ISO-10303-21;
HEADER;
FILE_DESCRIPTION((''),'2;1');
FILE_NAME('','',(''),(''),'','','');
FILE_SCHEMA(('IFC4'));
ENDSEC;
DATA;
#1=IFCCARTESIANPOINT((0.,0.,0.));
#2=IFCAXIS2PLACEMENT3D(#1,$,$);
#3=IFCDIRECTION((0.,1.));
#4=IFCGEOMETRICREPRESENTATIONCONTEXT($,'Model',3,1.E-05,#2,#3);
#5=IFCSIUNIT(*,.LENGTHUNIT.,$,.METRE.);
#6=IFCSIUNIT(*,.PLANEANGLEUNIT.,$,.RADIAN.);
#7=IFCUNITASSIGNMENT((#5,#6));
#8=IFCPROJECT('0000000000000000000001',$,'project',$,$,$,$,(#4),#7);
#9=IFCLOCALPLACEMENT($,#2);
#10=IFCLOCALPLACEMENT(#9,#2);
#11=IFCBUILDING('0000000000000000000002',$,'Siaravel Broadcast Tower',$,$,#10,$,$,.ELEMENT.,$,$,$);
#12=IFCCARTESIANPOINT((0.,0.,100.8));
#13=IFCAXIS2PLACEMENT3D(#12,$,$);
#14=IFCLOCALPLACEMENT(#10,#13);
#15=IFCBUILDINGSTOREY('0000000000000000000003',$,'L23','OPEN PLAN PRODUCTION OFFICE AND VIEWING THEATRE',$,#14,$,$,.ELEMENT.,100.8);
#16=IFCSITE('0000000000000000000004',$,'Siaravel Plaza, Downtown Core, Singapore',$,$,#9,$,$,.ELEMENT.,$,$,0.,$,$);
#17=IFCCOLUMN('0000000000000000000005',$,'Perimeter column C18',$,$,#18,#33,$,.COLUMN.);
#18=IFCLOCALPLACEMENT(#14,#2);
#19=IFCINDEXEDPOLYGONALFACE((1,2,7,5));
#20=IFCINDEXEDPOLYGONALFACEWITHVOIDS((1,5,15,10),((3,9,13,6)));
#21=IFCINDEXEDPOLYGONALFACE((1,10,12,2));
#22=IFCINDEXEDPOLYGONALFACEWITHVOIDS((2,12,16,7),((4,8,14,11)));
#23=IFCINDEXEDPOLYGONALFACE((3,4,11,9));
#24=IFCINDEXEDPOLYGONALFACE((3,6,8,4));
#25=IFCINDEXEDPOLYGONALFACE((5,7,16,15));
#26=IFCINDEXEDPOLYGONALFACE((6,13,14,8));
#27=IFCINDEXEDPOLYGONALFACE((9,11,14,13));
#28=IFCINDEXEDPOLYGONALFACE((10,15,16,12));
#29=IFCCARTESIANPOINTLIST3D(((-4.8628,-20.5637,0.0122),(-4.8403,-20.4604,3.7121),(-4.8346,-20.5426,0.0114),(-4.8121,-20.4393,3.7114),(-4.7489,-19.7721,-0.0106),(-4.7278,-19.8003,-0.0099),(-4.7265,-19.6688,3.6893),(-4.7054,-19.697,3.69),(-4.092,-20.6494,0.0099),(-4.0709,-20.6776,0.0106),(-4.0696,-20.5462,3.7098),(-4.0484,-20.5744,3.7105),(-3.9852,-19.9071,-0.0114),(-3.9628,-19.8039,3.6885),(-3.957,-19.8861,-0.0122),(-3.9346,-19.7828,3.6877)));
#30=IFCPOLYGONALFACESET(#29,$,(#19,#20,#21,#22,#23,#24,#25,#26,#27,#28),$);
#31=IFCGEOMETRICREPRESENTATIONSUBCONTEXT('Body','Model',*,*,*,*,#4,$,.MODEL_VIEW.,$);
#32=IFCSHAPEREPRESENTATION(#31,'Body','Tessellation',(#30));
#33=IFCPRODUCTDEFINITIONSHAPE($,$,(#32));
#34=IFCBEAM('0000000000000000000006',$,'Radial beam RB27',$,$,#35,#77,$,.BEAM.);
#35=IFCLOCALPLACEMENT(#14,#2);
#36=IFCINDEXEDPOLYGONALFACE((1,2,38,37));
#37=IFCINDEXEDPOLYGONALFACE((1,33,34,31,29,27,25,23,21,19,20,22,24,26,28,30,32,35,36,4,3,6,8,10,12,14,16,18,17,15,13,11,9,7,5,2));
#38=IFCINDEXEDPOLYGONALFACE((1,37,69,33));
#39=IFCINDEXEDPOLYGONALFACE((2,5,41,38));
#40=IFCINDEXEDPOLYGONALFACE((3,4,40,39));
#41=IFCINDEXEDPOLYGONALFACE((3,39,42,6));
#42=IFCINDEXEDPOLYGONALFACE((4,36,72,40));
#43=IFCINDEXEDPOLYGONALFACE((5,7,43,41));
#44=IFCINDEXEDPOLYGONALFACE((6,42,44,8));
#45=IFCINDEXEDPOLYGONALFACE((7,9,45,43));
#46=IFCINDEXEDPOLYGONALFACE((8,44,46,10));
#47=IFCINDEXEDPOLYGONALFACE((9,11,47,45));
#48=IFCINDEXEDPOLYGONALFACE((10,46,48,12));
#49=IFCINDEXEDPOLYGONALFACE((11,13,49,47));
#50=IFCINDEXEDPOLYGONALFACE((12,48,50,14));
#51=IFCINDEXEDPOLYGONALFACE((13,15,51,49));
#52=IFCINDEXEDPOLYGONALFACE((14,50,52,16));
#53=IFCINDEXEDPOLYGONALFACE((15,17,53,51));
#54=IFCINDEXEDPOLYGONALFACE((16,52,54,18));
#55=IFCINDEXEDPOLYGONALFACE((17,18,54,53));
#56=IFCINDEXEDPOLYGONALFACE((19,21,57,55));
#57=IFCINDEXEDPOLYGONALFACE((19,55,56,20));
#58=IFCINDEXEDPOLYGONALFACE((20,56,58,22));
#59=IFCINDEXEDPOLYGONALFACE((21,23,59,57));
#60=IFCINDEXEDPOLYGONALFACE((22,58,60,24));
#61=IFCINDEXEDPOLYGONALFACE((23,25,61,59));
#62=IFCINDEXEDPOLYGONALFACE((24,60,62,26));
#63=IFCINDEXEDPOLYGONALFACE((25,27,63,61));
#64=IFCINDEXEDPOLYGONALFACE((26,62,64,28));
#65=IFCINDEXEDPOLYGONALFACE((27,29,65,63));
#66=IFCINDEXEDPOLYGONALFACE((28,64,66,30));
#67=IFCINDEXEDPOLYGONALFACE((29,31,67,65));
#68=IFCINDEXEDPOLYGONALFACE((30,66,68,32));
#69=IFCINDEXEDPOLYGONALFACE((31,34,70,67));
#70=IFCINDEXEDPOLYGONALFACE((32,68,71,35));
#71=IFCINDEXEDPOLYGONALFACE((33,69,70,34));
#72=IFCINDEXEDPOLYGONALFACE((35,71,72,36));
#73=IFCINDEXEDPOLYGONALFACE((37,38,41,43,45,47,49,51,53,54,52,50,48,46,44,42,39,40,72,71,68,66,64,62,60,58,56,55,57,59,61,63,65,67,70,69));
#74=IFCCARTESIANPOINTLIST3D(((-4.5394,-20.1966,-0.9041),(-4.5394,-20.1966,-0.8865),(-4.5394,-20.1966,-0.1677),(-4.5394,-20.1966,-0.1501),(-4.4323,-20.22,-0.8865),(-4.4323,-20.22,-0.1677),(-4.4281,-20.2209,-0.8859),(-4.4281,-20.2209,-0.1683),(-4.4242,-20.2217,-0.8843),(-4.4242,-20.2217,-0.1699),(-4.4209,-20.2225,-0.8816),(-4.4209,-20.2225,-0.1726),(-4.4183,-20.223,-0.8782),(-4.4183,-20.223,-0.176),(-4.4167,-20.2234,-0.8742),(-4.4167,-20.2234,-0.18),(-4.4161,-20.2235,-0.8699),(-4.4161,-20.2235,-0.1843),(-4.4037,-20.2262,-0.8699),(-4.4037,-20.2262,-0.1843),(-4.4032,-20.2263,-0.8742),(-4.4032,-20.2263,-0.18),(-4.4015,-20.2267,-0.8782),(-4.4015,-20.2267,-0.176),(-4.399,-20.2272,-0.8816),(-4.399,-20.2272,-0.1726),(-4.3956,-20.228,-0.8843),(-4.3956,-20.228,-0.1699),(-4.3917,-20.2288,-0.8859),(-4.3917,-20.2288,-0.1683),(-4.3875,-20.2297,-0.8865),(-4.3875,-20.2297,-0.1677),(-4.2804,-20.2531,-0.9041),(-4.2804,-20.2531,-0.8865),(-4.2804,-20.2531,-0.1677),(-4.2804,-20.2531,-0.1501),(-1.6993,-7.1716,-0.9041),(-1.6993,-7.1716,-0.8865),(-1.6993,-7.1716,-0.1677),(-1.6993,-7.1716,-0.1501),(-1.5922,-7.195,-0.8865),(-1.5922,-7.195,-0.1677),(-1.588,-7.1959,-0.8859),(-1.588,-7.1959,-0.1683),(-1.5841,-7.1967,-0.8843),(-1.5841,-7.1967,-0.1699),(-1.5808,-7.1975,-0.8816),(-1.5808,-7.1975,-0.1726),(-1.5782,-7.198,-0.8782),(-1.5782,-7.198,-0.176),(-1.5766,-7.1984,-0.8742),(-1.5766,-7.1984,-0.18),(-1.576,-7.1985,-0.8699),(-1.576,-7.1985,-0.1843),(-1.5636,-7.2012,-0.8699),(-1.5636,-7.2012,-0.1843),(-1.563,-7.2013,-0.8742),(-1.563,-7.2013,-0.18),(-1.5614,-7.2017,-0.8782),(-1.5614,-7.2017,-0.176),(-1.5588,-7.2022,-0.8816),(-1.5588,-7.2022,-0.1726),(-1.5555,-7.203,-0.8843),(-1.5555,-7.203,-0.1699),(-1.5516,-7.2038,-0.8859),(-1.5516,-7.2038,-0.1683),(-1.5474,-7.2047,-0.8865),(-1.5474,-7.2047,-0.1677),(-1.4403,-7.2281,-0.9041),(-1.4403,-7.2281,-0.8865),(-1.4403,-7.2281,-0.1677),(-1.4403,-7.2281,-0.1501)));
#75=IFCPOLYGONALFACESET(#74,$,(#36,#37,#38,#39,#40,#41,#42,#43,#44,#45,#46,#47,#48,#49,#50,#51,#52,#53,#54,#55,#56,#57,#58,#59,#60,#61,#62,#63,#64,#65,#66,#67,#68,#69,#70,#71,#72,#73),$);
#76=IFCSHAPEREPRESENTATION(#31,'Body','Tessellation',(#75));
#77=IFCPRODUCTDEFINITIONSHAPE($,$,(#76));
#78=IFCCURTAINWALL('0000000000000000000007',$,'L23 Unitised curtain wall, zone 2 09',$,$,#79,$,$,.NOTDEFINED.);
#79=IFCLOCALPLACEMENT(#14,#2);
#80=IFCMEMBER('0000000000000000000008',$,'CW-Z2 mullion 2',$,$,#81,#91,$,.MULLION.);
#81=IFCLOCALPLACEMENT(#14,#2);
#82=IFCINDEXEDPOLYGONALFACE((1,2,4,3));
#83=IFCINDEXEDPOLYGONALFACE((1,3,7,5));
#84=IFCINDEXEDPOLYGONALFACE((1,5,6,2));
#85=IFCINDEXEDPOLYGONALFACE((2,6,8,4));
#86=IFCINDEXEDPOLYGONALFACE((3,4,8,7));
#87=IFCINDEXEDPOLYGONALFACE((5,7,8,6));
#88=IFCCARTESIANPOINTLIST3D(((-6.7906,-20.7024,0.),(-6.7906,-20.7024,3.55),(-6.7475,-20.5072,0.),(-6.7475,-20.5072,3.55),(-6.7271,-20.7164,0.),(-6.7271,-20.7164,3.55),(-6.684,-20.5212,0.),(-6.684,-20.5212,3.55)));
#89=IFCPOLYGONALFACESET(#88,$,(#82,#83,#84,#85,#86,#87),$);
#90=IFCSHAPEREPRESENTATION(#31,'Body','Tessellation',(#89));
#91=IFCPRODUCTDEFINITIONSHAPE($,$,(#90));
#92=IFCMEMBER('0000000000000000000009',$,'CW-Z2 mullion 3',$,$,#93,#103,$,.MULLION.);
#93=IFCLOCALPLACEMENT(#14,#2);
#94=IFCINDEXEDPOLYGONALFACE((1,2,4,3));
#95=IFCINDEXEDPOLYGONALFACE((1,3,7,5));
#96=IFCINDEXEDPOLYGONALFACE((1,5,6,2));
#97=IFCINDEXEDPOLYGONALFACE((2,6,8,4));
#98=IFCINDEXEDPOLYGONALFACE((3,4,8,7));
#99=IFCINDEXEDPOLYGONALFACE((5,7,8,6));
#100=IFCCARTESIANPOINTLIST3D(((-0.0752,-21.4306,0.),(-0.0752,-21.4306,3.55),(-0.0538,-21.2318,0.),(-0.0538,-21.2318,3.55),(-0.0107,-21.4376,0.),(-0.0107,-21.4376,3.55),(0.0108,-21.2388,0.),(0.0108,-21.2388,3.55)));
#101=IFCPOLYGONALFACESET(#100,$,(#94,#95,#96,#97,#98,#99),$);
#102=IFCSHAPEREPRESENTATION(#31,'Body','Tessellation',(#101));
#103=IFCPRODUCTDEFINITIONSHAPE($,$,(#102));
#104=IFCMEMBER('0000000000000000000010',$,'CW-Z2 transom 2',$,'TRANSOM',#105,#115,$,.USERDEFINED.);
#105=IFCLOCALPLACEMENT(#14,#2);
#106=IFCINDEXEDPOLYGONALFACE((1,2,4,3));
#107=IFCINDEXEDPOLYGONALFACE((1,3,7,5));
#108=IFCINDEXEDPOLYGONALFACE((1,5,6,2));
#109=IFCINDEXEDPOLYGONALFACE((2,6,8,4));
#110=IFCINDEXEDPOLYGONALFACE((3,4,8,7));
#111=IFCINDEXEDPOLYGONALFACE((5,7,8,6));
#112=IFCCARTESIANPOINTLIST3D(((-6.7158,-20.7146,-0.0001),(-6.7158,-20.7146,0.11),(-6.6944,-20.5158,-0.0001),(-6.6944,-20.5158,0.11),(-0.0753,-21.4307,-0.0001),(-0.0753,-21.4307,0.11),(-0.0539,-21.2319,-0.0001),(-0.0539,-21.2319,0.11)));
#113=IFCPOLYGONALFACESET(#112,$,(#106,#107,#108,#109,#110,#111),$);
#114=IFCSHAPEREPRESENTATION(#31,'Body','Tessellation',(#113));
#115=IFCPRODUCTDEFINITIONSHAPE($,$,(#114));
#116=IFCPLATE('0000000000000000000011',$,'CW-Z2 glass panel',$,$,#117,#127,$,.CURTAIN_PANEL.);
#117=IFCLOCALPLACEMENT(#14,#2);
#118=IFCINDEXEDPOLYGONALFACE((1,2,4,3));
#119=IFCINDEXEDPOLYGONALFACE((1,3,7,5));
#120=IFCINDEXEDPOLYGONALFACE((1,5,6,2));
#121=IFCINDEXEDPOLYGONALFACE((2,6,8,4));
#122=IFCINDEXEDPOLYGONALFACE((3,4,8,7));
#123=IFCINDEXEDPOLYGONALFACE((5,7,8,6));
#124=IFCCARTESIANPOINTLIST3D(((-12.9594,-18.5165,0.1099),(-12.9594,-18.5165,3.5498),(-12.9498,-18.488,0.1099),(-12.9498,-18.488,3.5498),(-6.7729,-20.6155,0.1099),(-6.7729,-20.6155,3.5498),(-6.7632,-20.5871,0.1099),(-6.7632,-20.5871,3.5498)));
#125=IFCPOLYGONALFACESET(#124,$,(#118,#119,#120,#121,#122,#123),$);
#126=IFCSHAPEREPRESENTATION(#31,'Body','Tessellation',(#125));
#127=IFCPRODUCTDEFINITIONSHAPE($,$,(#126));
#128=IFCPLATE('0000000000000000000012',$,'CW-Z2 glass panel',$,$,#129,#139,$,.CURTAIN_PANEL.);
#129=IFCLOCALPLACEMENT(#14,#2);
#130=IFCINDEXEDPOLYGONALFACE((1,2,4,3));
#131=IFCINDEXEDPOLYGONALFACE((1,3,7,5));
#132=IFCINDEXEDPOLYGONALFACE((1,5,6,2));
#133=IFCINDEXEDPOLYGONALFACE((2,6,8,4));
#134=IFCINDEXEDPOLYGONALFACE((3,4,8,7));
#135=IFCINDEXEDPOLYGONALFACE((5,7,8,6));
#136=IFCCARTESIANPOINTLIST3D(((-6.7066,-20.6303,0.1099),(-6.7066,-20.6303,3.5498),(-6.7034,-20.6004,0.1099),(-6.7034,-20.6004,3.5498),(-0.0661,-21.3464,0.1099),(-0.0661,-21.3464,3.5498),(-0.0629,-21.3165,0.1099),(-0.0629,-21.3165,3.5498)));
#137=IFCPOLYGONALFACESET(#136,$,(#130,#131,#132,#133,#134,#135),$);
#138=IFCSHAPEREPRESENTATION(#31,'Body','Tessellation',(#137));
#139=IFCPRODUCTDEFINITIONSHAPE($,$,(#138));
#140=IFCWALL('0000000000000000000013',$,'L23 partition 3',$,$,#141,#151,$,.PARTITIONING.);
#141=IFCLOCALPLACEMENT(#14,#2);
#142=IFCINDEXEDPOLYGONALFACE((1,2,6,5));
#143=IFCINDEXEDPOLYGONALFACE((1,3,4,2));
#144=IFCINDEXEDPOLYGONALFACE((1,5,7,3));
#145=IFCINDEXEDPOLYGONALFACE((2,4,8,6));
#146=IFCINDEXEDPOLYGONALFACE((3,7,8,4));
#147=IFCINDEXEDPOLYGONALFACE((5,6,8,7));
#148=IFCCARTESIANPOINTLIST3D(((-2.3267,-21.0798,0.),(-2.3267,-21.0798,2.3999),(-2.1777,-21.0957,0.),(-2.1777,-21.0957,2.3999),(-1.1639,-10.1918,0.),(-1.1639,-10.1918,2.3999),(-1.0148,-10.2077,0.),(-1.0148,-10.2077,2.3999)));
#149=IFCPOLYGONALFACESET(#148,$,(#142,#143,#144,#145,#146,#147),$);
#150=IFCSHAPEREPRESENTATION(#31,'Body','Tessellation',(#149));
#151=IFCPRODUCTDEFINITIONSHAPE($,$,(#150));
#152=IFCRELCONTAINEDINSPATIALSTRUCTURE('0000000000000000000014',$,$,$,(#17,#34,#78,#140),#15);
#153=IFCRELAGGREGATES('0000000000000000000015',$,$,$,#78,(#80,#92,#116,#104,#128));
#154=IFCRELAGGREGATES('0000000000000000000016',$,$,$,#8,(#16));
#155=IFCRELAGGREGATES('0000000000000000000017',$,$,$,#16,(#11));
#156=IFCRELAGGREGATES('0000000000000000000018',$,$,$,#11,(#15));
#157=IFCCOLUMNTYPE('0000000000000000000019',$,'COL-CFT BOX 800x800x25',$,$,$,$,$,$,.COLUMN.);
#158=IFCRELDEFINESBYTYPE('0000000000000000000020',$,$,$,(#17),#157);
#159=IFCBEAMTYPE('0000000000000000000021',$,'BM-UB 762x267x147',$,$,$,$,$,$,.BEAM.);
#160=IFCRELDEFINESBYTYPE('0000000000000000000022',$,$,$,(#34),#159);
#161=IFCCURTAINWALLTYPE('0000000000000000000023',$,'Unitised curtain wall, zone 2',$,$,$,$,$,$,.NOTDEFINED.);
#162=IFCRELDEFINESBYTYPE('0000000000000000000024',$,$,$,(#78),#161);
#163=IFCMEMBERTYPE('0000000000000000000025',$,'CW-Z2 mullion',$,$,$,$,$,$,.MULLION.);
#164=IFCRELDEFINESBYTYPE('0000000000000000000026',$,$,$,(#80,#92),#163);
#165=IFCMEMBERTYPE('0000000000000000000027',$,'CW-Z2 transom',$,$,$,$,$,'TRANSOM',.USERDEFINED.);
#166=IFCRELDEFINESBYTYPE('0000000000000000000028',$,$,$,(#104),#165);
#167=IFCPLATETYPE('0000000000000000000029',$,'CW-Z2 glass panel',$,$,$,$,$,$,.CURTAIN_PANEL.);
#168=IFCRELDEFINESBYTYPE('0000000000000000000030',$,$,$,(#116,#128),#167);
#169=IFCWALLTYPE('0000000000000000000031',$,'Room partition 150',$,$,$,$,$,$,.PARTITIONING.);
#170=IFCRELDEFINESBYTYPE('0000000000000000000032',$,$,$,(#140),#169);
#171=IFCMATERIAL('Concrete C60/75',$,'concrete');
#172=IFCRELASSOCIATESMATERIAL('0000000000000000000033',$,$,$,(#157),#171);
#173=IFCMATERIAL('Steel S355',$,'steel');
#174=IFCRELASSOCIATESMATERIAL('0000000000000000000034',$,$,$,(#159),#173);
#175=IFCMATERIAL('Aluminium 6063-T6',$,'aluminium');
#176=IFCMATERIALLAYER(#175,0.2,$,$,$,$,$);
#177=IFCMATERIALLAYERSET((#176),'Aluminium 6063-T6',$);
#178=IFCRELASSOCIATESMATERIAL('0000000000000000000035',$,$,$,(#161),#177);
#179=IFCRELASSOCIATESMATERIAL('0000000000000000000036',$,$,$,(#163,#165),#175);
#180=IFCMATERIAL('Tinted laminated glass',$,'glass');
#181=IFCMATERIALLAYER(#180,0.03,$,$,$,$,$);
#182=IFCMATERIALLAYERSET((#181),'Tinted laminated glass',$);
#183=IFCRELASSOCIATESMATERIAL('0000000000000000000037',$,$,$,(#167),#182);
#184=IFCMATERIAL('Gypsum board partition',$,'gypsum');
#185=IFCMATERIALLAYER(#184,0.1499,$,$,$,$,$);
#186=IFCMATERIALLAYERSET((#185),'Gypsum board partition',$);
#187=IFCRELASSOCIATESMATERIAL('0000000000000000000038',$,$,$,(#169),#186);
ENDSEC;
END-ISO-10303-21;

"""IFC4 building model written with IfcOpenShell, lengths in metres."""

from ifc_helpers import new_model, si_unit, direction, frame, frame_2d, origin, origin_2d, place, context, subcontext, project, spatial, rectangle, hollow_rectangle, i_section, extrude, material, layer, layer_set, material_profile, profile_set, type_object, element, aggregate, save


model = new_model("IFC4")

# Units and contexts
model_context = context("Model", 3, precision=1e-05, world=origin(), true_north=direction((0.0, 1.0)))
body_context = subcontext(model_context, "Body", "Model", "MODEL_VIEW")
ifc_project = project(units=[si_unit("LENGTHUNIT", "METRE"), si_unit("PLANEANGLEUNIT", "RADIAN")], contexts=[model_context])

# Site, building, storey
site_placement = place(None, origin())
site = spatial("IfcSite", under=ifc_project, at=site_placement, Name="Siaravel Plaza, Downtown Core, Singapore", CompositionType="ELEMENT", RefElevation=0.0)
building_placement = place(site_placement, origin())
building = spatial("IfcBuilding", under=site, at=building_placement, Name="Siaravel Broadcast Tower", CompositionType="ELEMENT")
storey_placement = place(building_placement, frame((0.0, 0.0, 100.8)))
storey = spatial("IfcBuildingStorey", under=building, at=storey_placement, Name="L23", Description="OPEN PLAN PRODUCTION OFFICE AND VIEWING THEATRE", CompositionType="ELEMENT", Elevation=100.8)

# Column
ifc_material_1 = material(Name="Concrete C60/75", Category="concrete")
ifc_material_profile_1 = material_profile(ifc_material_1, hollow_rectangle(XDim=0.8, YDim=0.8, WallThickness=0.0249, at=origin_2d()))
ifc_profile_set_1 = profile_set([ifc_material_profile_1], Name="Concrete C60/75")
column_type = type_object("IfcColumnType", Name="COL-CFT BOX 800x800x25", PredefinedType="COLUMN", material=ifc_profile_set_1)
column_placement = place(storey_placement, frame((-4.4099, -20.2249, 0.0), z_axis=(0.006068, 0.0279, 0.999592), x_axis=(-0.989799, 0.142457, 0.002032)))
element("IfcColumn", 1, at=column_placement, inside=storey, type_object=column_type, Name="Perimeter column C18", PredefinedType="COLUMN", context=body_context, shape_type="SweptSolid", body=[
    extrude(hollow_rectangle(XDim=0.8, YDim=0.8, WallThickness=0.0249, at=origin_2d()), origin(), (0.0, 0.0, 1.0), 3.7014),
])

# Beam
ifc_material_2 = material(Name="Steel S355", Category="steel")
ifc_material_profile_2 = material_profile(ifc_material_2, i_section(OverallWidth=0.2651, OverallDepth=0.7539, WebThickness=0.0127, FlangeThickness=0.0176, FilletRadius=0.0166, at=origin_2d()))
ifc_profile_set_2 = profile_set([ifc_material_profile_2], Name="Steel S355")
beam_type = type_object("IfcBeamType", Name="BM-UB 762x267x147", PredefinedType="BEAM", material=ifc_profile_set_2)
beam_placement = place(storey_placement, frame((-4.4099, -20.2249, -0.5271), z_axis=(0.213045, 0.977042, 0.0), x_axis=(-0.977042, 0.213045, 0.0)))
element("IfcBeam", 2, at=beam_placement, inside=storey, type_object=beam_type, Name="Radial beam RB27", PredefinedType="BEAM", context=body_context, shape_type="SweptSolid", body=[
    extrude(i_section(OverallWidth=0.2651, OverallDepth=0.7539, WebThickness=0.0127, FlangeThickness=0.0176, FilletRadius=0.0166, at=origin_2d()), origin(), (0.0, 0.0, 1.0), 13.3311),
])

# Curtain wall, members, plates
ifc_material_3 = material(Name="Aluminium 6063-T6", Category="aluminium")
ifc_layer_1 = layer(ifc_material_3, 0.2)
ifc_layer_set_1 = layer_set([ifc_layer_1], Name="Aluminium 6063-T6")
curtain_wall_type = type_object("IfcCurtainWallType", Name="Unitised curtain wall, zone 2", PredefinedType="NOTDEFINED", material=ifc_layer_set_1)
curtain_wall_placement = place(storey_placement, origin())
curtain_wall = element("IfcCurtainWall", 3, at=curtain_wall_placement, inside=storey, type_object=curtain_wall_type, Name="L23 Unitised curtain wall, zone 2 09", PredefinedType="NOTDEFINED")
ifc_material_profile_3 = material_profile(ifc_material_3, rectangle(XDim=0.2, YDim=0.0649, at=origin_2d()))
ifc_profile_set_3 = profile_set([ifc_material_profile_3], Name="Aluminium 6063-T6")
member_type_1 = type_object("IfcMemberType", Name="CW-Z2 mullion", PredefinedType="MULLION", material=ifc_profile_set_3)
member_1_placement = place(storey_placement, frame((-6.7373, -20.6118, 0.0), z_axis=(0.0, 0.0, 1.0), x_axis=(0.215558, 0.976491, 0.0)))
member_1 = element("IfcMember", 4, at=member_1_placement, type_object=member_type_1, Name="CW-Z2 mullion 2", PredefinedType="MULLION", context=body_context, shape_type="SweptSolid", body=[
    extrude(rectangle(XDim=0.2, YDim=0.0649, at=origin_2d()), origin(), (0.0, 0.0, 1.0), 3.55),
])
member_2_placement = place(storey_placement, frame((-0.0322, -21.3347, 0.0), z_axis=(0.0, 0.0, 1.0), x_axis=(0.107217, 0.994236, 0.0)))
member_2 = element("IfcMember", 5, at=member_2_placement, type_object=member_type_1, Name="CW-Z2 mullion 3", PredefinedType="MULLION", context=body_context, shape_type="SweptSolid", body=[
    extrude(rectangle(XDim=0.2, YDim=0.0649, at=origin_2d()), origin(), (0.0, 0.0, 1.0), 3.55),
])
ifc_material_profile_4 = material_profile(ifc_material_3, rectangle(XDim=0.2, YDim=0.1101, at=origin_2d()))
ifc_profile_set_4 = profile_set([ifc_material_profile_4], Name="Aluminium 6063-T6")
member_type_2 = type_object("IfcMemberType", Name="CW-Z2 transom", ElementType="TRANSOM", PredefinedType="USERDEFINED", material=ifc_profile_set_4)
member_3_placement = place(storey_placement, frame((-6.7051, -20.6152, 0.0549), z_axis=(0.994236, -0.107213, 0.0), x_axis=(0.107213, 0.994236, 0.0)))
member_3 = element("IfcMember", 6, at=member_3_placement, type_object=member_type_2, Name="CW-Z2 transom 2", ObjectType="TRANSOM", PredefinedType="USERDEFINED", context=body_context, shape_type="SweptSolid", body=[
    extrude(rectangle(XDim=0.2, YDim=0.1101, at=origin_2d()), origin(), (0.0, 0.0, 1.0), 6.679),
])
ifc_material_4 = material(Name="Tinted laminated glass", Category="glass")
ifc_layer_2 = layer(ifc_material_4, 0.03)
ifc_layer_set_2 = layer_set([ifc_layer_2], Name="Tinted laminated glass")
plate_type = type_object("IfcPlateType", Name="CW-Z2 glass panel", PredefinedType="CURTAIN_PANEL", material=ifc_layer_set_2)
plate_1_placement = place(storey_placement, frame((-9.8613, -19.5518, 0.1099), z_axis=(0.0, 0.0, 1.0), x_axis=(0.946977, -0.3213, 0.0)))
plate_1 = element("IfcPlate", 7, at=plate_1_placement, type_object=plate_type, Name="CW-Z2 glass panel", PredefinedType="CURTAIN_PANEL", context=body_context, shape_type="SweptSolid", body=[
    extrude(rectangle(XDim=6.533, YDim=0.03, at=origin_2d()), origin(), (0.0, 0.0, 1.0), 3.4399),
])
plate_2_placement = place(storey_placement, frame((-3.3848, -20.9734, 0.1099), z_axis=(0.0, 0.0, 1.0), x_axis=(0.994236, -0.107217, 0.0)))
plate_2 = element("IfcPlate", 8, at=plate_2_placement, type_object=plate_type, Name="CW-Z2 glass panel", PredefinedType="CURTAIN_PANEL", context=body_context, shape_type="SweptSolid", body=[
    extrude(rectangle(XDim=6.679, YDim=0.03, at=origin_2d()), origin(), (0.0, 0.0, 1.0), 3.4399),
])
aggregate(curtain_wall, [member_1, member_2, plate_1, member_3, plate_2])

# Wall
ifc_material_5 = material(Name="Gypsum board partition", Category="gypsum")
ifc_layer_3 = layer(ifc_material_5, 0.1499)
ifc_layer_set_3 = layer_set([ifc_layer_3], Name="Gypsum board partition")
wall_type = type_object("IfcWallType", Name="Room partition 150", PredefinedType="PARTITIONING", material=ifc_layer_set_3)
wall_placement = place(storey_placement, frame((-2.2522, -21.0879, 0.0), z_axis=(0.0, 0.0, 1.0), x_axis=(0.106197, 0.994345, 0.0)))
element("IfcWall", 9, at=wall_placement, inside=storey, type_object=wall_type, Name="L23 partition 3", PredefinedType="PARTITIONING", context=body_context, shape_type="SweptSolid", body=[
    extrude(rectangle(XDim=10.95, YDim=0.1499, at=frame_2d((5.4751, 0.0))), origin(), (0.0, 0.0, 1.0), 2.3999),
])

save(model, "model.ifc")
